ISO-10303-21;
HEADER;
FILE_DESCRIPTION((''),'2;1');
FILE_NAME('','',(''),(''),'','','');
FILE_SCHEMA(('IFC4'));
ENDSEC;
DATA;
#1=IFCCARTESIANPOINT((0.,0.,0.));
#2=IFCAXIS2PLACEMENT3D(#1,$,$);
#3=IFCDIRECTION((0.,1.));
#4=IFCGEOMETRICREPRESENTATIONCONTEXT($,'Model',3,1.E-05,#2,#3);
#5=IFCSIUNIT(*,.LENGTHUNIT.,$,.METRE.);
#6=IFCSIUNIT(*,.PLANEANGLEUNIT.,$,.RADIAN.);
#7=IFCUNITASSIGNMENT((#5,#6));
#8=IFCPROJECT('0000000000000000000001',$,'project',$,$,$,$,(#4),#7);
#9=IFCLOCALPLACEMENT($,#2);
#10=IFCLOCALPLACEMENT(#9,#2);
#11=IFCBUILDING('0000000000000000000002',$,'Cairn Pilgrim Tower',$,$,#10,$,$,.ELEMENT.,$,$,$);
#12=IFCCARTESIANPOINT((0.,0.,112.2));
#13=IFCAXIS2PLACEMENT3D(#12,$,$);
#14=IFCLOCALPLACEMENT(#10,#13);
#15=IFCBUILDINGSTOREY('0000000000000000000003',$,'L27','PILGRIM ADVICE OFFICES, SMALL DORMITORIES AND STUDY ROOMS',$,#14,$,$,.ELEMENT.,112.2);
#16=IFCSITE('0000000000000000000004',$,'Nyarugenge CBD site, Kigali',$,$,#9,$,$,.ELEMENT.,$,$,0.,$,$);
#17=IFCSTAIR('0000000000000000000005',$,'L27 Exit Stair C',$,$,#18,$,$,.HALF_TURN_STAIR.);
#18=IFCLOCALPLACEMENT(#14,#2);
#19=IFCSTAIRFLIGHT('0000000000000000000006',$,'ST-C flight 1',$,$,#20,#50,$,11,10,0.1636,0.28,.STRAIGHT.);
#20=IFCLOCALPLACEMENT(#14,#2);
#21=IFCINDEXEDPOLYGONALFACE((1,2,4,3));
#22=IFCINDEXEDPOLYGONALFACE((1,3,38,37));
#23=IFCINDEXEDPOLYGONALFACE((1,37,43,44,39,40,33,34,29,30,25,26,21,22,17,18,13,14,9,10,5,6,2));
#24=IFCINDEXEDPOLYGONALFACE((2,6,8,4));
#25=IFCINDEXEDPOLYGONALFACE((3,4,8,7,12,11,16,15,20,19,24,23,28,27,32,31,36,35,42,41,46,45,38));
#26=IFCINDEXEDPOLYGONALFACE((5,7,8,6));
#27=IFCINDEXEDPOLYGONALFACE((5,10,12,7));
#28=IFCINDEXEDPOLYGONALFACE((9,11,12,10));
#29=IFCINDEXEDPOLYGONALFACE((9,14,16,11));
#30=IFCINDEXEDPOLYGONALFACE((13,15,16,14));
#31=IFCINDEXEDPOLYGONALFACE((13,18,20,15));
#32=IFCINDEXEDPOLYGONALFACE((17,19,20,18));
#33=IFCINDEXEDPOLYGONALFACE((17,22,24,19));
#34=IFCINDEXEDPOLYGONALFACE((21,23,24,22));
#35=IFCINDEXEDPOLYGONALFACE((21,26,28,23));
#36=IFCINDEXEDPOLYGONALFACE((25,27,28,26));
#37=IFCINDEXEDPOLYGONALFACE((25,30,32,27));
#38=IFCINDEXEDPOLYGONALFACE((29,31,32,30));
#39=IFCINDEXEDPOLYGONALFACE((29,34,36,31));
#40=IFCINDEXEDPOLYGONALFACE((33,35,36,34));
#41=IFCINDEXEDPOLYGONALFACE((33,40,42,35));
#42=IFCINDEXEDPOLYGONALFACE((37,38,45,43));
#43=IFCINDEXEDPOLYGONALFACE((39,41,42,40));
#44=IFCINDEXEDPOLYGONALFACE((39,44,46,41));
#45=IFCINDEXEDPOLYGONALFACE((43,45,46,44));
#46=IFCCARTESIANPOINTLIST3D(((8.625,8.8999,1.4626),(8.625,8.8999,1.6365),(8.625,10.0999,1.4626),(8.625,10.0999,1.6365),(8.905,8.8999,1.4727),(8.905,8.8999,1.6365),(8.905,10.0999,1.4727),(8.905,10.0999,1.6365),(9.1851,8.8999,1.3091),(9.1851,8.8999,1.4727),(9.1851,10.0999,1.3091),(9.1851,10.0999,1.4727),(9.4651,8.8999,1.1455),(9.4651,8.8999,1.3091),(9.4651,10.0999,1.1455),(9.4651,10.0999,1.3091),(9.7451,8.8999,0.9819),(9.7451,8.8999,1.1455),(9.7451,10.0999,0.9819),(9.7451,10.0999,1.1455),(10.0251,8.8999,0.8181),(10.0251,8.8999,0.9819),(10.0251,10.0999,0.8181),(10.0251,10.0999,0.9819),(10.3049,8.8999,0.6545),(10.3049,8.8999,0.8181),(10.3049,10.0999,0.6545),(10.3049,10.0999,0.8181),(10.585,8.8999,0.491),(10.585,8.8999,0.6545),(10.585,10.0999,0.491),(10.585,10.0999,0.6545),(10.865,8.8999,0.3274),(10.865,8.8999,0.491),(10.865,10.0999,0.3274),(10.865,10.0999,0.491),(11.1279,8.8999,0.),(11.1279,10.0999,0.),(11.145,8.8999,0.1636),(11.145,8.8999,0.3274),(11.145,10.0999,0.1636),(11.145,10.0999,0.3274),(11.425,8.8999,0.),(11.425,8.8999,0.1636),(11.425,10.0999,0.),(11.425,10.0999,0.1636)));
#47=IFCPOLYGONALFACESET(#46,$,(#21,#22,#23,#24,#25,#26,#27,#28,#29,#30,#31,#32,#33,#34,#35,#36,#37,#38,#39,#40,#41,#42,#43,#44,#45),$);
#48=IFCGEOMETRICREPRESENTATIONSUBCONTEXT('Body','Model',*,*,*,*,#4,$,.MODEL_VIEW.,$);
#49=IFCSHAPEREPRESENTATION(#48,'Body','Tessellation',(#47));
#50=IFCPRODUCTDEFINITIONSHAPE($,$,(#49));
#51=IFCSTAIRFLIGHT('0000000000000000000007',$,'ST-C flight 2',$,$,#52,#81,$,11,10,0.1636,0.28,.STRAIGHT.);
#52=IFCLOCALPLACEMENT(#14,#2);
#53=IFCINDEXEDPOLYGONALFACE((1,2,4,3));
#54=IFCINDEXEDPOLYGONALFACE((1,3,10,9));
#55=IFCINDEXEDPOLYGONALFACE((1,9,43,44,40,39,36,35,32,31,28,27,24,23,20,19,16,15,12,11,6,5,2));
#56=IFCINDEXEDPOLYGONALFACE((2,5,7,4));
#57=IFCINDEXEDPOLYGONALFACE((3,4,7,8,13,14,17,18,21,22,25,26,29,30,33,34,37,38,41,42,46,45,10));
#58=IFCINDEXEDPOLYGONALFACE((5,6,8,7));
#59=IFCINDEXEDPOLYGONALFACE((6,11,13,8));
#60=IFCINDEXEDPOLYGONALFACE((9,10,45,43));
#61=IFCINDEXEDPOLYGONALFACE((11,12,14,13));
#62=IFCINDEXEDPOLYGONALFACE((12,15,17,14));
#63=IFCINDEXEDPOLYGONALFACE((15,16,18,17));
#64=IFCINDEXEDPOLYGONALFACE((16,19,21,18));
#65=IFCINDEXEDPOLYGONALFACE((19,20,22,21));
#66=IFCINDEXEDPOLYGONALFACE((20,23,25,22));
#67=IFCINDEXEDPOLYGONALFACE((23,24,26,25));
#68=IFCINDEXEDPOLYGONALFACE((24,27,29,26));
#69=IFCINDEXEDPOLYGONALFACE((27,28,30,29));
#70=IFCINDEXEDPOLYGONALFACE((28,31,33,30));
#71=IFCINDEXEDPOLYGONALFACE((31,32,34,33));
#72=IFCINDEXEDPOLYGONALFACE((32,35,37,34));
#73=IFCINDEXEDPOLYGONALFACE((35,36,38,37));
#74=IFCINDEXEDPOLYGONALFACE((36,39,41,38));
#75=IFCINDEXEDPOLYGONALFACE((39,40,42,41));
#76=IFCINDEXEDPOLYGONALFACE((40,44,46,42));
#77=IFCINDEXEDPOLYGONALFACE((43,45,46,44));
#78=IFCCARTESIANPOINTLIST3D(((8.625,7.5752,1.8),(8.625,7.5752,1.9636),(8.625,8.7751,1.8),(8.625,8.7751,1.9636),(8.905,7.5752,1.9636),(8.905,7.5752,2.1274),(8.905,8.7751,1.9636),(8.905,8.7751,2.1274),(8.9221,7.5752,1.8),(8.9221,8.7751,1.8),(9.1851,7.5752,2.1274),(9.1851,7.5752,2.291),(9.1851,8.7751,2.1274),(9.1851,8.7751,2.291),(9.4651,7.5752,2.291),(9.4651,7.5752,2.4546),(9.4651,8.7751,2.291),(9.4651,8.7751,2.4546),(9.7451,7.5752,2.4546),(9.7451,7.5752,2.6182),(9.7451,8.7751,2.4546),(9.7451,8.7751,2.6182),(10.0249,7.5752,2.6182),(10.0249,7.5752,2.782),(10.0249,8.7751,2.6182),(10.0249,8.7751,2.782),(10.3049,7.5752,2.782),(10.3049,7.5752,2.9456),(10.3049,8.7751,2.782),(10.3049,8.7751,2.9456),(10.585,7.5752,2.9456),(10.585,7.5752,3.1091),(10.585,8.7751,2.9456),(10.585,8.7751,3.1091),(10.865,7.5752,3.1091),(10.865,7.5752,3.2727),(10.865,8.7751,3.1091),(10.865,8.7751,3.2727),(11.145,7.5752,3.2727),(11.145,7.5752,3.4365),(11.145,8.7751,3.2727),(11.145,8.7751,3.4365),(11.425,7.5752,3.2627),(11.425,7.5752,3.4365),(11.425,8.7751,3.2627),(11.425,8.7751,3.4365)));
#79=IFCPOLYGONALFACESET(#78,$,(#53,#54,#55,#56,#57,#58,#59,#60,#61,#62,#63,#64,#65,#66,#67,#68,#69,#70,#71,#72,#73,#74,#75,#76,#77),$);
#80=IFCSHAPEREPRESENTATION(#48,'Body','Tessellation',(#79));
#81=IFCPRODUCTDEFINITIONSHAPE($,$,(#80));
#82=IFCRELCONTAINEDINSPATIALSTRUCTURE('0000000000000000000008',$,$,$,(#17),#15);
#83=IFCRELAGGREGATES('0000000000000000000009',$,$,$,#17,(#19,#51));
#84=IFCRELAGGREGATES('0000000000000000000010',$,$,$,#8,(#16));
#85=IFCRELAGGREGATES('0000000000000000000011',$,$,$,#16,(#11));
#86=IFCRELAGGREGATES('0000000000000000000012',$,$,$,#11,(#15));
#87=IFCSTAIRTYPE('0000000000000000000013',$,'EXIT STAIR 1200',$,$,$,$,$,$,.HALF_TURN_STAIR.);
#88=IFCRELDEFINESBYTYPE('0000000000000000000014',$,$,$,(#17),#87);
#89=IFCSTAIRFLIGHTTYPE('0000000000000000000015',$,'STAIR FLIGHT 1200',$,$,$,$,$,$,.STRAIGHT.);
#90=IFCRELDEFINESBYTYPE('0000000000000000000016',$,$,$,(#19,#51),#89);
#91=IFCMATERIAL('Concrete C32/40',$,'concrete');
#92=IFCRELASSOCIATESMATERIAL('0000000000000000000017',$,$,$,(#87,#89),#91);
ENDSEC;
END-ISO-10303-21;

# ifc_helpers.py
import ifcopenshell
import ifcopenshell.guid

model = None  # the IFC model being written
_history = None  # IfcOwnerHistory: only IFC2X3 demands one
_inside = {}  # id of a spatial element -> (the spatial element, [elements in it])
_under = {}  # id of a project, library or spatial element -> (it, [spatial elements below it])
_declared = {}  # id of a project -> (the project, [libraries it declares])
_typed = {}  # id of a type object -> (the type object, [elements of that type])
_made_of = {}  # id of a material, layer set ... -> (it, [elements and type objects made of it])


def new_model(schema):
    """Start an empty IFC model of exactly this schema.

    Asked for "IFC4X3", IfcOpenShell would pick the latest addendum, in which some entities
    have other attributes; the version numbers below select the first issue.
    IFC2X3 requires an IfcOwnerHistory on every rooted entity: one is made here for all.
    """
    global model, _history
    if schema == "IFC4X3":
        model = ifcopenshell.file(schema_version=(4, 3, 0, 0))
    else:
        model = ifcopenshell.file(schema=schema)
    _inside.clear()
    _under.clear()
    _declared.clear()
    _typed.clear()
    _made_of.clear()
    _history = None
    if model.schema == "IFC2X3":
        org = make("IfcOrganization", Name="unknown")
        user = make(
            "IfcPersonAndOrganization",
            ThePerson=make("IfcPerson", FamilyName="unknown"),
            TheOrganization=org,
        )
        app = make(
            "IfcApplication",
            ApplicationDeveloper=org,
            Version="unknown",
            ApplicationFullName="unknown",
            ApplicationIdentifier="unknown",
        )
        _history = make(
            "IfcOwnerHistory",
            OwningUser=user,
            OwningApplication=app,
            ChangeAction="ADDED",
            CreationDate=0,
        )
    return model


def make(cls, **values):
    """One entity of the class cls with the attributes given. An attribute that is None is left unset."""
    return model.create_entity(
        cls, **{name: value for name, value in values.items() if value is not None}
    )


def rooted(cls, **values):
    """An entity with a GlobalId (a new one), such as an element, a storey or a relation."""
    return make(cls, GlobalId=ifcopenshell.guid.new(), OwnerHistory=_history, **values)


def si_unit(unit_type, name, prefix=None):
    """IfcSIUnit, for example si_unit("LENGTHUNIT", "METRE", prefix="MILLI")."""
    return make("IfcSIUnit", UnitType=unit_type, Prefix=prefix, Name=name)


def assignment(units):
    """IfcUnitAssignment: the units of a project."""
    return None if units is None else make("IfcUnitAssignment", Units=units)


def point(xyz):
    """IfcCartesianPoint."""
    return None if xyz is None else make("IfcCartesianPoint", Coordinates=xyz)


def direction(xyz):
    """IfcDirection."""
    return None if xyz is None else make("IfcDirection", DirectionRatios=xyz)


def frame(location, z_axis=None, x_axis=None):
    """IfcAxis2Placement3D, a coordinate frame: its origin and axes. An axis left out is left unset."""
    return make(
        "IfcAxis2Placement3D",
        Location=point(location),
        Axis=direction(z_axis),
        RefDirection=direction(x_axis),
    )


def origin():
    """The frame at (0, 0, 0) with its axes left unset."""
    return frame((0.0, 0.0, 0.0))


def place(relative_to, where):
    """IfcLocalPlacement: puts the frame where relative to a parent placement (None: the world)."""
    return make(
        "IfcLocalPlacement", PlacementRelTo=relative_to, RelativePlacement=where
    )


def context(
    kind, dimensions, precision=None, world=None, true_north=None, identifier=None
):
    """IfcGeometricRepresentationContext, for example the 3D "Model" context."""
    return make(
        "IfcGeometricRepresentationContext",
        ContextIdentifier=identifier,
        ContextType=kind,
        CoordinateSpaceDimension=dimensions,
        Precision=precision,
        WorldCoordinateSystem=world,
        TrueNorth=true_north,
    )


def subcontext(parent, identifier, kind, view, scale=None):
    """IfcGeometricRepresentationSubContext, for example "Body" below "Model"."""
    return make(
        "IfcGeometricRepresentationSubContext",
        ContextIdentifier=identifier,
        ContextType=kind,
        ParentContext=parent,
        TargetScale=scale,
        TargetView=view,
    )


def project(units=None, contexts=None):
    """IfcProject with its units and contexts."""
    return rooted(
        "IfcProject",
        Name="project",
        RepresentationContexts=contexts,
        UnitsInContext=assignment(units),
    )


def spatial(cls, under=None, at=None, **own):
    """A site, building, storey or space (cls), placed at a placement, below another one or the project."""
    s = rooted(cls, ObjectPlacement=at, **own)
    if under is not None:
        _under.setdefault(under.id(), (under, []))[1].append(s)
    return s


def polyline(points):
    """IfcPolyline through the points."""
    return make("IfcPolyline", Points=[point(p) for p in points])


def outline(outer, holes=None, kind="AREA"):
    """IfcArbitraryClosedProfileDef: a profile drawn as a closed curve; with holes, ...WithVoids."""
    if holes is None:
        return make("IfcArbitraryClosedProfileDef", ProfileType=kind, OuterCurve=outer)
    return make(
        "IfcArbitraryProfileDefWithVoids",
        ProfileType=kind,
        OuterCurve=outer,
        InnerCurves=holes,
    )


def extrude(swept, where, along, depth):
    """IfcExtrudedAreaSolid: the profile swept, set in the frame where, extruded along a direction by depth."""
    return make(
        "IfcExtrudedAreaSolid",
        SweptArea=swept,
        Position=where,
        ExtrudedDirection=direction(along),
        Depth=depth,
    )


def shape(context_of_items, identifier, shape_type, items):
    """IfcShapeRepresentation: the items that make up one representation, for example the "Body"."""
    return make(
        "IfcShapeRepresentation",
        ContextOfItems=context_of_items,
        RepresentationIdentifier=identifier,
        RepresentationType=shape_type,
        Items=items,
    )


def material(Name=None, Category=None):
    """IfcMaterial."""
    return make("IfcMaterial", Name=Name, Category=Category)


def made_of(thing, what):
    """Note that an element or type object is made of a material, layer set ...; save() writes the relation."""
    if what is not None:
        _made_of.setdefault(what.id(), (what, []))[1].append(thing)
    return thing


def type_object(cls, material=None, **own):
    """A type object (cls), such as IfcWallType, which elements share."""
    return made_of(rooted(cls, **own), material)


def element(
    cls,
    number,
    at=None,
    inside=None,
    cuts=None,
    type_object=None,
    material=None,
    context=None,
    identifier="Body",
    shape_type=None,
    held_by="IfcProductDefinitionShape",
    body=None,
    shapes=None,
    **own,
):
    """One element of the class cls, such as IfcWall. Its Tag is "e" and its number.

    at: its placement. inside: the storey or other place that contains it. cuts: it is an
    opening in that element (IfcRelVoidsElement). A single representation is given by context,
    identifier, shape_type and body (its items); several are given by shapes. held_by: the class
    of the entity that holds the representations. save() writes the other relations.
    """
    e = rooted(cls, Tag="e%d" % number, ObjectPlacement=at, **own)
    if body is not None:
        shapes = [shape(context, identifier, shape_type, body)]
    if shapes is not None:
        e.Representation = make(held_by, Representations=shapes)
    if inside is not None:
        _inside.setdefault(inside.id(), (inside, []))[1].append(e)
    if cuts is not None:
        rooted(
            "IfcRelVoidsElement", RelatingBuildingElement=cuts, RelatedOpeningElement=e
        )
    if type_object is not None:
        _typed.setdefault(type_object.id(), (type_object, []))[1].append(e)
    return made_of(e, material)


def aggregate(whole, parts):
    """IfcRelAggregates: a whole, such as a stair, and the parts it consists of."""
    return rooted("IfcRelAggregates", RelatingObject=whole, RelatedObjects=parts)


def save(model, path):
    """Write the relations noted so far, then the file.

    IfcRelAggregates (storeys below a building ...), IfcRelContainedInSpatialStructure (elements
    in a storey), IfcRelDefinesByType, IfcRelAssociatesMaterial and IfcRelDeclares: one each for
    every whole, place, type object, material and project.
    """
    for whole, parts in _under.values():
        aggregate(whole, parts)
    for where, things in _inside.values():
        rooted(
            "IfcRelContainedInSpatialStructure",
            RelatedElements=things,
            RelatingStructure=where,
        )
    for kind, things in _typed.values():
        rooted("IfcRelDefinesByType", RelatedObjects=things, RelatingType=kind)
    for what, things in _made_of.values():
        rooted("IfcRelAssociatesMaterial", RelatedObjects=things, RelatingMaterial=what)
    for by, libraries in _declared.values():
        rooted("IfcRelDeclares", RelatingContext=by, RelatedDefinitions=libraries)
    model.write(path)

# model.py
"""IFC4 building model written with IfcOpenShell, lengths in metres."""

from ifc_helpers import new_model, si_unit, direction, frame, origin, place, context, subcontext, project, spatial, polyline, outline, extrude, material, type_object, element, aggregate, save


model = new_model("IFC4")

# Units and contexts
model_context = context("Model", 3, precision=1e-05, world=origin(), true_north=direction((0.0, 1.0)))
body_context = subcontext(model_context, "Body", "Model", "MODEL_VIEW")
ifc_project = project(units=[si_unit("LENGTHUNIT", "METRE"), si_unit("PLANEANGLEUNIT", "RADIAN")], contexts=[model_context])

# Site, building, storey
site_placement = place(None, origin())
site = spatial("IfcSite", under=ifc_project, at=site_placement, Name="Nyarugenge CBD site, Kigali", CompositionType="ELEMENT", RefElevation=0.0)
building_placement = place(site_placement, origin())
building = spatial("IfcBuilding", under=site, at=building_placement, Name="Cairn Pilgrim Tower", CompositionType="ELEMENT")
storey_placement = place(building_placement, frame((0.0, 0.0, 112.2)))
storey = spatial("IfcBuildingStorey", under=building, at=storey_placement, Name="L27", Description="PILGRIM ADVICE OFFICES, SMALL DORMITORIES AND STUDY ROOMS", CompositionType="ELEMENT", Elevation=112.2)

# Shared definitions
ifc_material_1 = material(Name="Concrete C32/40", Category="concrete")

# Shared definitions
stair_type = type_object("IfcStairType", Name="EXIT STAIR 1200", PredefinedType="HALF_TURN_STAIR", material=ifc_material_1)
stair_flight_type = type_object("IfcStairFlightType", Name="STAIR FLIGHT 1200", PredefinedType="STRAIGHT", material=ifc_material_1)

# Stair, stair flights
stair_1_placement = place(storey_placement, origin())
stair_1 = element("IfcStair", 1, at=stair_1_placement, inside=storey, type_object=stair_type, Name="L27 Exit Stair C", PredefinedType="HALF_TURN_STAIR")
stair_flight_1_placement = place(storey_placement, frame((11.425, 9.5, 0.0), z_axis=(0.0, 0.0, 1.0), x_axis=(-1.0, 0.0, 0.0)))
stair_flight_1 = element("IfcStairFlight", 2, at=stair_flight_1_placement, type_object=stair_flight_type, Name="ST-C flight 1", NumberOfRisers=11, NumberOfTreads=10, PredefinedType="STRAIGHT", RiserHeight=0.1636, TreadLength=0.28, context=body_context, shape_type="SweptSolid", body=[
    extrude(outline(polyline([(0.0, 0.0), (0.0, 0.1636), (0.28, 0.1636), (0.28, 0.3274), (0.5601, 0.3274), (0.5601, 0.491), (0.8401, 0.491), (0.8401, 0.6545), (1.1201, 0.6545), (1.1201, 0.8181), (1.3999, 0.8181), (1.3999, 0.9819), (1.6799, 0.9819), (1.6799, 1.1455), (1.96, 1.1455), (1.96, 1.3091), (2.24, 1.3091), (2.24, 1.4727), (2.52, 1.4727), (2.52, 1.6365), (2.8, 1.6365), (2.8, 1.8), (2.8, 1.4626), (0.2971, 0.0), (0.0, 0.0)])), frame((0.0, 0.6001, 0.0), z_axis=(0.0, -1.0, 0.0), x_axis=(1.0, 0.0, 0.0)), (0.0, 0.0, 1.0), 1.2),
])
stair_flight_2_placement = place(storey_placement, frame((8.625, 8.175, 1.8), z_axis=(0.0, 0.0, 1.0), x_axis=(1.0, 0.0, 0.0)))
stair_flight_2 = element("IfcStairFlight", 3, at=stair_flight_2_placement, type_object=stair_flight_type, Name="ST-C flight 2", NumberOfRisers=11, NumberOfTreads=10, PredefinedType="STRAIGHT", RiserHeight=0.1636, TreadLength=0.28, context=body_context, shape_type="SweptSolid", body=[
    extrude(outline(polyline([(0.0, 0.0), (0.0, 0.1636), (0.28, 0.1636), (0.28, 0.3274), (0.5601, 0.3274), (0.5601, 0.491), (0.8401, 0.491), (0.8401, 0.6545), (1.1201, 0.6545), (1.1201, 0.8181), (1.3999, 0.8181), (1.3999, 0.9819), (1.6799, 0.9819), (1.6799, 1.1455), (1.96, 1.1455), (1.96, 1.3091), (2.24, 1.3091), (2.24, 1.4727), (2.52, 1.4727), (2.52, 1.6365), (2.8, 1.6365), (2.8, 1.8), (2.8, 1.4626), (0.2971, 0.0), (0.0, 0.0)])), frame((0.0, 0.6001, 0.0), z_axis=(0.0, -1.0, 0.0), x_axis=(1.0, 0.0, 0.0)), (0.0, 0.0, 1.0), 1.2),
])
aggregate(stair_1, [stair_flight_1, stair_flight_2])

save(model, "model.ifc")
